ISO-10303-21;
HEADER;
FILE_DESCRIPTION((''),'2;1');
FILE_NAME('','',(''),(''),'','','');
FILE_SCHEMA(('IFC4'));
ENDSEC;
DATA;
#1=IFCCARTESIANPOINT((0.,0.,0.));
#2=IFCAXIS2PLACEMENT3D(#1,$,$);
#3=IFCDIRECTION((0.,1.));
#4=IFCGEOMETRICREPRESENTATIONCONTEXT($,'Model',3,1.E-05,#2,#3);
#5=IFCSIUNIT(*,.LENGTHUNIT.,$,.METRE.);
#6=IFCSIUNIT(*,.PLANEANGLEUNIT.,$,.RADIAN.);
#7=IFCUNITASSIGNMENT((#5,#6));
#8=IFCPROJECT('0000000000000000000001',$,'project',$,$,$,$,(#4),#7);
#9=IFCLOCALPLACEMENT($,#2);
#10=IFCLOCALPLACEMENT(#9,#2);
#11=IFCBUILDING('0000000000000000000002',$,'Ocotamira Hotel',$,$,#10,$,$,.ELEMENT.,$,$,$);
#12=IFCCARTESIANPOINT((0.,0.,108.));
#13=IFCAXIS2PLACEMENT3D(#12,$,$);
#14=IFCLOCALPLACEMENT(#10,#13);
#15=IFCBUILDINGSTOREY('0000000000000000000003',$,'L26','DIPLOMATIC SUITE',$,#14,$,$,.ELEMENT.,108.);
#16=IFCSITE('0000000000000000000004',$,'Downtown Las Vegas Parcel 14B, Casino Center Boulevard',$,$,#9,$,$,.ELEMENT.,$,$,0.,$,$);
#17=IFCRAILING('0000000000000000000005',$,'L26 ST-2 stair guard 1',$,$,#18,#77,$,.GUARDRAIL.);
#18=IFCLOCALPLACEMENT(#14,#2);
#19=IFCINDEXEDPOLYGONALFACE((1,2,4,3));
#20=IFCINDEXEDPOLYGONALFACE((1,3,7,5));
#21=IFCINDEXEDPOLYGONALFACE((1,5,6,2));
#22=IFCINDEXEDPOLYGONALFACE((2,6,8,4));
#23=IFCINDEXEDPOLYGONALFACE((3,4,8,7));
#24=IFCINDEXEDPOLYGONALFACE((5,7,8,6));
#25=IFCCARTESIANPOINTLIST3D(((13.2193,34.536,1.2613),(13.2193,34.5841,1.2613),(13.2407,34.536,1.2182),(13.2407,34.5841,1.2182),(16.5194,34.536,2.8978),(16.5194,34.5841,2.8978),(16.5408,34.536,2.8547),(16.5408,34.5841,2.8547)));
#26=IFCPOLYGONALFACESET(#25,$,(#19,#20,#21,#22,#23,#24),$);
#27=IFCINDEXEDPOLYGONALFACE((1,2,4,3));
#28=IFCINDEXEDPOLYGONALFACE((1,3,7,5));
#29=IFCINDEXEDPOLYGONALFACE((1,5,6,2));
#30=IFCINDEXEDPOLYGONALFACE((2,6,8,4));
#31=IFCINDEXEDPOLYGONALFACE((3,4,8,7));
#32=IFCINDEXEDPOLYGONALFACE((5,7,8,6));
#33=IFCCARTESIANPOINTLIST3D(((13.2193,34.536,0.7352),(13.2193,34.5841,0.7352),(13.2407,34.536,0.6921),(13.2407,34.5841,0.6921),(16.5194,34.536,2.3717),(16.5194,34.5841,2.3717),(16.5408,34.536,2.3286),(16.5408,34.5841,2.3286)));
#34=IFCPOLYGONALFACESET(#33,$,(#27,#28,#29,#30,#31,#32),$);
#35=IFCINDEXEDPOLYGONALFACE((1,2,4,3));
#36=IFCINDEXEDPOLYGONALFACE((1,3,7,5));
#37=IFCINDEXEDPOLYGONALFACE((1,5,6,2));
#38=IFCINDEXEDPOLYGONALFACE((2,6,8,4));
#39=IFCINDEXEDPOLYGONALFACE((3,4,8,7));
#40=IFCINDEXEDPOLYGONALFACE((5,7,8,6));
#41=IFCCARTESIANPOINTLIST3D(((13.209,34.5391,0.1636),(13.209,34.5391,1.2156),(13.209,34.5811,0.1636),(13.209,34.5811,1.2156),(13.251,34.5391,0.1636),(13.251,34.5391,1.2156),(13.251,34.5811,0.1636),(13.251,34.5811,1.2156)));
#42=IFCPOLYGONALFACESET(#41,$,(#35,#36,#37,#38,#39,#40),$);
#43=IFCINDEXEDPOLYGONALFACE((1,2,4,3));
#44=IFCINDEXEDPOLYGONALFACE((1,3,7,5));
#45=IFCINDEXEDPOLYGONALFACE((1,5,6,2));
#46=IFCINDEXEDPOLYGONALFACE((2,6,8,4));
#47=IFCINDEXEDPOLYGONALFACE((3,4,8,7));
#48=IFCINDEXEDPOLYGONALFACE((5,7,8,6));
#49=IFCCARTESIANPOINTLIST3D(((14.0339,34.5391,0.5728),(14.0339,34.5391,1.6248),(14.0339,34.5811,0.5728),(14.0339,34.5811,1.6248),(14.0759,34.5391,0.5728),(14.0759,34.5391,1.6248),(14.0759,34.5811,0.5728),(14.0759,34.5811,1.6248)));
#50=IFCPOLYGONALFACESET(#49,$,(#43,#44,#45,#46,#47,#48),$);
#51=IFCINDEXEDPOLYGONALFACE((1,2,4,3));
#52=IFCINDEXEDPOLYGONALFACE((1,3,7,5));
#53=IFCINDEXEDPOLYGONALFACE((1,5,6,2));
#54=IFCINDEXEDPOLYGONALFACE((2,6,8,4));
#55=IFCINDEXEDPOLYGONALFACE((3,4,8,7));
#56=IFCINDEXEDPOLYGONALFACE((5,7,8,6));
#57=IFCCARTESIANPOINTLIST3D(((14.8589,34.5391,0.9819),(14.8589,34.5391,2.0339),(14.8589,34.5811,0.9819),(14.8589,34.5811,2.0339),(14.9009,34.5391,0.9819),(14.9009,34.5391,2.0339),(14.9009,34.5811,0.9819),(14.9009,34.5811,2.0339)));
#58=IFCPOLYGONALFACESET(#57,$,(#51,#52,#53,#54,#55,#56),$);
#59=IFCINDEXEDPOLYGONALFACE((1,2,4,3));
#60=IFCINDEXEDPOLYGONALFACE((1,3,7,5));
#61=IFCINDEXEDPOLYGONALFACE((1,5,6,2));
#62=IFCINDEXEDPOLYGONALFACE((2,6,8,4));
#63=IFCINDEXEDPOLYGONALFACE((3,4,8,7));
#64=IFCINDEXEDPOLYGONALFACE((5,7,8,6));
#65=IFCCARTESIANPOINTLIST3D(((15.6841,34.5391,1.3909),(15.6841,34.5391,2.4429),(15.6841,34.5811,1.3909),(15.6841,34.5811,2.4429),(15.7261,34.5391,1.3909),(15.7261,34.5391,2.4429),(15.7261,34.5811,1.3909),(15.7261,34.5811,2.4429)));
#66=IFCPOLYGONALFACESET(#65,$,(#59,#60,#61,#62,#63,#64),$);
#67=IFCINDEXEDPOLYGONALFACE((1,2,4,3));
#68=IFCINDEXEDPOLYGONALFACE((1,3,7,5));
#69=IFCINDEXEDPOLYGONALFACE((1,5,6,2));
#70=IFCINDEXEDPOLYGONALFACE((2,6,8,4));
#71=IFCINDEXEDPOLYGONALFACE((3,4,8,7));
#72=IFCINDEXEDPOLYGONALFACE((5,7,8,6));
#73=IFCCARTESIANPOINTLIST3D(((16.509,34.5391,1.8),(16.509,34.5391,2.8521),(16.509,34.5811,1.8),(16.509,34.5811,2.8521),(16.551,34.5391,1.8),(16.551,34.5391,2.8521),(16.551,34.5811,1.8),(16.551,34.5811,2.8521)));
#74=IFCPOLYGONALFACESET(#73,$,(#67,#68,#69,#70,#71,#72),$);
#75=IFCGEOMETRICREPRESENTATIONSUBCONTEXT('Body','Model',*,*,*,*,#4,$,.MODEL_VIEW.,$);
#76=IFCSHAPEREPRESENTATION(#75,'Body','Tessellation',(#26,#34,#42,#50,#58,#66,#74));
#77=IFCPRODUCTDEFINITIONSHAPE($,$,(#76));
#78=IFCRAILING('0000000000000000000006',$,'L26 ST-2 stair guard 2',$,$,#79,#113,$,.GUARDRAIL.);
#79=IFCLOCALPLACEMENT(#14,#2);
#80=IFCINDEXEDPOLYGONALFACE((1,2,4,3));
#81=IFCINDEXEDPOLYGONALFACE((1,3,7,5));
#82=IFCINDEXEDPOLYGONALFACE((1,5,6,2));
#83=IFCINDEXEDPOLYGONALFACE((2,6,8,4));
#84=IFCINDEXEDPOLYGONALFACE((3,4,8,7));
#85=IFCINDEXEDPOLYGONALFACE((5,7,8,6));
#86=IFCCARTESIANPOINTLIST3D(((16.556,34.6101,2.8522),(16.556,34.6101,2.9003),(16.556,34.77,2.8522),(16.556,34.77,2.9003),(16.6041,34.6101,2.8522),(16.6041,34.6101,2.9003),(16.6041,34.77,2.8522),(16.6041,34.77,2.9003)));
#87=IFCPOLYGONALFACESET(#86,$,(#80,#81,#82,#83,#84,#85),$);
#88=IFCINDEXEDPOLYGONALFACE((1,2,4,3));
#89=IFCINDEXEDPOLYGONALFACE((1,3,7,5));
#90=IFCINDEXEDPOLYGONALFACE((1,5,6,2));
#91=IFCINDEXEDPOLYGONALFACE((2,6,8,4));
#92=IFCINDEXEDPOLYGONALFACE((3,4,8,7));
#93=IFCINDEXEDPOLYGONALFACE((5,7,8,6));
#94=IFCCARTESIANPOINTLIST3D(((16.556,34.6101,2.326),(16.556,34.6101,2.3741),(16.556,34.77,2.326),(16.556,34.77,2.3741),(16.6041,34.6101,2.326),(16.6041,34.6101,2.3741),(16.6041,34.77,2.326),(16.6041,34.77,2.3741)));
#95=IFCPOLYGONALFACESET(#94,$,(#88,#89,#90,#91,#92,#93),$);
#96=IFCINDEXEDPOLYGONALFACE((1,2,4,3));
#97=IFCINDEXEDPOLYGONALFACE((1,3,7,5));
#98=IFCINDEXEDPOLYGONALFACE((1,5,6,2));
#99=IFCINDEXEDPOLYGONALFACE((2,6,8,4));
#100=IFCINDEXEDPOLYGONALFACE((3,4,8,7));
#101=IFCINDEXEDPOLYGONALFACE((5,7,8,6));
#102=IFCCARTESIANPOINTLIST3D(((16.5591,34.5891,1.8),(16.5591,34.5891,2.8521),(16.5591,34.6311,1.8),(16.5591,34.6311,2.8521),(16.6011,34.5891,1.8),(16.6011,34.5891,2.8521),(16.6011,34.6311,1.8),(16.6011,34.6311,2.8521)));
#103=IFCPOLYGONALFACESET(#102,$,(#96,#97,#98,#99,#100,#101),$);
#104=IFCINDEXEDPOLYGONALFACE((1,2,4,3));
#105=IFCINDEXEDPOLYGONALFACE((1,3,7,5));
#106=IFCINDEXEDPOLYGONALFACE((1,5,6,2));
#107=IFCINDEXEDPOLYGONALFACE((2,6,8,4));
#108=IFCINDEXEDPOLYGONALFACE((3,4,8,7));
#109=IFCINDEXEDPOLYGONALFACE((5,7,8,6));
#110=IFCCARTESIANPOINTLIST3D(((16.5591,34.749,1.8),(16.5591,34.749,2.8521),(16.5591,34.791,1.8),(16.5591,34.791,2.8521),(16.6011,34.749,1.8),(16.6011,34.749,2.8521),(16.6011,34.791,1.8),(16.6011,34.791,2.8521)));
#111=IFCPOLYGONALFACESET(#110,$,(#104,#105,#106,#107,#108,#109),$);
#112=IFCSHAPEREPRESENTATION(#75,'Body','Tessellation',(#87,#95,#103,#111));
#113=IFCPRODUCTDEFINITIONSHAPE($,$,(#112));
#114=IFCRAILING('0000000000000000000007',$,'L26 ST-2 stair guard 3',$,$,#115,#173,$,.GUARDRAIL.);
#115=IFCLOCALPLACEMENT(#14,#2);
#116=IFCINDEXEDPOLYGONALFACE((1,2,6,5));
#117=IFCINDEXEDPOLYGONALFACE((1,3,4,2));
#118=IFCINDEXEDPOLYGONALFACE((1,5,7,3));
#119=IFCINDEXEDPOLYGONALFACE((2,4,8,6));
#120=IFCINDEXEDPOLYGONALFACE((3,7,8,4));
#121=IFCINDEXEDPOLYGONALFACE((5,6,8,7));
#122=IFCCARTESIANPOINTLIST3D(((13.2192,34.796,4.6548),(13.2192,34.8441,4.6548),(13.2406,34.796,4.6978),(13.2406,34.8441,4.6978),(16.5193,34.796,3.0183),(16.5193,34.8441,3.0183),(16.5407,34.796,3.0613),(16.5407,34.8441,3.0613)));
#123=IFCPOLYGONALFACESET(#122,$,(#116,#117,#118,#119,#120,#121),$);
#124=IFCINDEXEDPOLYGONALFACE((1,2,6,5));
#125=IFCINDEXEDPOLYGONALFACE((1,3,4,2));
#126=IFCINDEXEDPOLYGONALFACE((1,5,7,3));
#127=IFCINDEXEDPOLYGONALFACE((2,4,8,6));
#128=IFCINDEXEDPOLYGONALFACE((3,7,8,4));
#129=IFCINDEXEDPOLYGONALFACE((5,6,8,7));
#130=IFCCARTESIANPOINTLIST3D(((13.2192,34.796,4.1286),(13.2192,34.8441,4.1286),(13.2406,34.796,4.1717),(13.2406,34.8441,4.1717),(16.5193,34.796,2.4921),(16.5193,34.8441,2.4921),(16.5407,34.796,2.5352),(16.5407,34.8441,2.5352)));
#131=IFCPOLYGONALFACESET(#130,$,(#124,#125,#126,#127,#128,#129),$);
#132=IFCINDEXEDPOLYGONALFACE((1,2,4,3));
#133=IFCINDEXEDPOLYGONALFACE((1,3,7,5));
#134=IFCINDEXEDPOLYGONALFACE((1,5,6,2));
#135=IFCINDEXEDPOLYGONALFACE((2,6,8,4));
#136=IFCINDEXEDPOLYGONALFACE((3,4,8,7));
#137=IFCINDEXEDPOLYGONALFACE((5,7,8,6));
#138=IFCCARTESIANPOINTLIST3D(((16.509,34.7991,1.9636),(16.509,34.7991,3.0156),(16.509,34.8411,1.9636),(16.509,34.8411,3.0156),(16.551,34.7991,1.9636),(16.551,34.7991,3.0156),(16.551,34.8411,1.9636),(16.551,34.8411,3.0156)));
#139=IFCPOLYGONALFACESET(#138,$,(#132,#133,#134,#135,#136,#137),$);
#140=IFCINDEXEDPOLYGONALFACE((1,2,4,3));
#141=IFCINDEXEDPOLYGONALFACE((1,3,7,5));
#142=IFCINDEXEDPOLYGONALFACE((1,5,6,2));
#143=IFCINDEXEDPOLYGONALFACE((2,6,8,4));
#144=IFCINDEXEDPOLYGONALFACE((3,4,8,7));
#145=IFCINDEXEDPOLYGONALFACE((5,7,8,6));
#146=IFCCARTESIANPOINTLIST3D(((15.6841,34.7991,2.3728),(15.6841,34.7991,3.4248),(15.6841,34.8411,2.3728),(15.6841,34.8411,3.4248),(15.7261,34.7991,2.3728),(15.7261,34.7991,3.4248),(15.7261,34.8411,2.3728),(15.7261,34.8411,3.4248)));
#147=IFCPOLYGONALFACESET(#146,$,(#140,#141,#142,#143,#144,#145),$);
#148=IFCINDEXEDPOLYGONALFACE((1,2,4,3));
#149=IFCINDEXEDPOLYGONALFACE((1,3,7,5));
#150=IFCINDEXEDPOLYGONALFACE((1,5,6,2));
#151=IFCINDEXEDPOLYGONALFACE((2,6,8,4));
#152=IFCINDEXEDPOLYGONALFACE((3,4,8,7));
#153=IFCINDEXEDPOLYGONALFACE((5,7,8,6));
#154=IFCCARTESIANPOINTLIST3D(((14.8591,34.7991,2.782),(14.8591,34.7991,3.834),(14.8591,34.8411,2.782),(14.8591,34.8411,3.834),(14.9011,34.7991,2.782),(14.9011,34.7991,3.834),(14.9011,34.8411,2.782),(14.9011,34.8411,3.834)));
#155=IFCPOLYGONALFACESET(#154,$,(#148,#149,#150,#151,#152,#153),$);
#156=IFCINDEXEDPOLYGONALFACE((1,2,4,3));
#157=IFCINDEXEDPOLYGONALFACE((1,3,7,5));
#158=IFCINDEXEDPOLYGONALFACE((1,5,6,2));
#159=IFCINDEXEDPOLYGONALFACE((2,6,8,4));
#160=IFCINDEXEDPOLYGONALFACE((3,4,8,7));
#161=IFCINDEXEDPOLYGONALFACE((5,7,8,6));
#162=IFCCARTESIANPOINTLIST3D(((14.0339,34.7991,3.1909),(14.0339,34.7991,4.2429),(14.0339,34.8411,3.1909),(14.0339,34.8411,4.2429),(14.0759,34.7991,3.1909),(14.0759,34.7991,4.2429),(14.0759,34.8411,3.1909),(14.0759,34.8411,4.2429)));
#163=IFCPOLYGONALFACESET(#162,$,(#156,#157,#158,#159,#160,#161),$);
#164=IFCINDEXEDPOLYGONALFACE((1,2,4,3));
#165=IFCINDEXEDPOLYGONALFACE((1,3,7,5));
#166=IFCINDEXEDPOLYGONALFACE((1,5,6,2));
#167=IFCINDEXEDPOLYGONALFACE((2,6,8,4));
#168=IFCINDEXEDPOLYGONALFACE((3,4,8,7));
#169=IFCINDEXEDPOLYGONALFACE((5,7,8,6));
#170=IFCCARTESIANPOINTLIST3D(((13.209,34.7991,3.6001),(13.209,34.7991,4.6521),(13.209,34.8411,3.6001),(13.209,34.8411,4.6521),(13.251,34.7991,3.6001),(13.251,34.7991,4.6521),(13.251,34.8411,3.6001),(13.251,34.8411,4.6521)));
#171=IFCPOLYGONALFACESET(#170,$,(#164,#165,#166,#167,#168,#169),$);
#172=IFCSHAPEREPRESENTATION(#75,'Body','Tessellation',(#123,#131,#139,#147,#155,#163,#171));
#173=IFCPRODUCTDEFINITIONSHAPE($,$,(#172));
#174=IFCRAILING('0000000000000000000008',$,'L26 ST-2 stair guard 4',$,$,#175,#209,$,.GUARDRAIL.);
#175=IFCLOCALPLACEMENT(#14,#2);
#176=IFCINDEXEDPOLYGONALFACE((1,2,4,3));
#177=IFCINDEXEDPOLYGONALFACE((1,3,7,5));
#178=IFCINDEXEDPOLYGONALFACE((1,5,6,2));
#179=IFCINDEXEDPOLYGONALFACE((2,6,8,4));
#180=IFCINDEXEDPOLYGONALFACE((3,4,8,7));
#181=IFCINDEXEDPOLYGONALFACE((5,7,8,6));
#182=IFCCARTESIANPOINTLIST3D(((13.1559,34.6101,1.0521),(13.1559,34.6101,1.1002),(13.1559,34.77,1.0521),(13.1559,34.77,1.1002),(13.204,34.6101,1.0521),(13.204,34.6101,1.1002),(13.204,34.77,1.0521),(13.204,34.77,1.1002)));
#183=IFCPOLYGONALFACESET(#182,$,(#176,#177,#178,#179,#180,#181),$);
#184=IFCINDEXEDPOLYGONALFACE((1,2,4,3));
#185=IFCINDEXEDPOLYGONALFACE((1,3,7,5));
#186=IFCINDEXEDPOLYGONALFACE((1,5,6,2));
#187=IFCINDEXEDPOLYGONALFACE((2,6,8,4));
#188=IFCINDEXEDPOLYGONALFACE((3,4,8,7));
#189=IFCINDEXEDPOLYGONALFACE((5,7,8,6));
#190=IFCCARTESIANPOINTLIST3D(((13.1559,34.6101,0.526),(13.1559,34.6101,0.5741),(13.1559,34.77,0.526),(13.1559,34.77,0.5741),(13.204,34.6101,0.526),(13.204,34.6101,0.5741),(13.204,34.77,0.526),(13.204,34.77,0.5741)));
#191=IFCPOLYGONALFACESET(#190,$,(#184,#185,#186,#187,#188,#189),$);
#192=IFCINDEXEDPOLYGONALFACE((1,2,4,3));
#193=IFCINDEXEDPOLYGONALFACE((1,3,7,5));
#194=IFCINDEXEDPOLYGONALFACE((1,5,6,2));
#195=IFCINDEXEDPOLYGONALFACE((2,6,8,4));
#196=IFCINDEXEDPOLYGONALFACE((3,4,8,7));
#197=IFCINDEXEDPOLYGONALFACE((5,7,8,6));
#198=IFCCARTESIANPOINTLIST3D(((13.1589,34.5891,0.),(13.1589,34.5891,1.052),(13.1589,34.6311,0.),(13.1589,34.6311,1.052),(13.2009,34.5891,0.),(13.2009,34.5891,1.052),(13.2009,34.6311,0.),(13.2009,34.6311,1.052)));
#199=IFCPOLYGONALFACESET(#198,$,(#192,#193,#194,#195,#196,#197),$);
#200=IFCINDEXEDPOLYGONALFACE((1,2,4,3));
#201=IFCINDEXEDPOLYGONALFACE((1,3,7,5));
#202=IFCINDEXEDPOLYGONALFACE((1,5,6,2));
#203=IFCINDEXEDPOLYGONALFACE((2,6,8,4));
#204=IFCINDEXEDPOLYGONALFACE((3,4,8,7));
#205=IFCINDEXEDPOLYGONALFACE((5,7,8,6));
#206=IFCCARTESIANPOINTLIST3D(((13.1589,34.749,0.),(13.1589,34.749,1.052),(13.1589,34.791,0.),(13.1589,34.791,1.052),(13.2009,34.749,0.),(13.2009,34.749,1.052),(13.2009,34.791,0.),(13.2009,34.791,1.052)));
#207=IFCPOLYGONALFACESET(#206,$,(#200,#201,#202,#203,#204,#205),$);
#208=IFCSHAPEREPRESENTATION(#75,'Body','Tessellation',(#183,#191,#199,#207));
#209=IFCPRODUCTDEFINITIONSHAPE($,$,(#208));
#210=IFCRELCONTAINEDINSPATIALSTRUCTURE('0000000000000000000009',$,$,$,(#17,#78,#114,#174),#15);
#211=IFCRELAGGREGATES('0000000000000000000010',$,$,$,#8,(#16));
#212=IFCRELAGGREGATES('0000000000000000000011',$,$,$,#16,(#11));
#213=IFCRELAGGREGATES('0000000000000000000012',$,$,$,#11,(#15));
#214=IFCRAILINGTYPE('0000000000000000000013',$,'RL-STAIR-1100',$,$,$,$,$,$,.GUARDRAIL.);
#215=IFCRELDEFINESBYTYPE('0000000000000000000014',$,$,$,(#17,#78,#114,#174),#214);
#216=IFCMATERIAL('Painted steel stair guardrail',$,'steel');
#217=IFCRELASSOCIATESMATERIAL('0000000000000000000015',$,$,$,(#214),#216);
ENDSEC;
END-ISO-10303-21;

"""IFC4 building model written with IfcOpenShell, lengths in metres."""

from ifc_helpers import new_model, si_unit, direction, frame, origin, origin_2d, place, context, subcontext, project, spatial, rectangle, extrude, material, type_object, element, save


model = new_model("IFC4")

# Units and contexts
model_context = context("Model", 3, precision=1e-05, world=origin(), true_north=direction((0.0, 1.0)))
body_context = subcontext(model_context, "Body", "Model", "MODEL_VIEW")
ifc_project = project(units=[si_unit("LENGTHUNIT", "METRE"), si_unit("PLANEANGLEUNIT", "RADIAN")], contexts=[model_context])

# Site, building, storey
site_placement = place(None, origin())
site = spatial("IfcSite", under=ifc_project, at=site_placement, Name="Downtown Las Vegas Parcel 14B, Casino Center Boulevard", CompositionType="ELEMENT", RefElevation=0.0)
building_placement = place(site_placement, origin())
building = spatial("IfcBuilding", under=site, at=building_placement, Name="Ocotamira Hotel", CompositionType="ELEMENT")
storey_placement = place(building_placement, frame((0.0, 0.0, 108.0)))
storey = spatial("IfcBuildingStorey", under=building, at=storey_placement, Name="L26", Description="DIPLOMATIC SUITE", CompositionType="ELEMENT", Elevation=108.0)

# Railings
ifc_material_1 = material(Name="Painted steel stair guardrail", Category="steel")
railing_type_1 = type_object("IfcRailingType", Name="RL-STAIR-1100", PredefinedType="GUARDRAIL", material=ifc_material_1)
railing_1_placement = place(storey_placement, frame((13.23, 34.5601, 0.1636)))
element("IfcRailing", 1, at=railing_1_placement, inside=storey, type_object=railing_type_1, Name="L26 ST-2 stair guard 1", PredefinedType="GUARDRAIL", context=body_context, shape_type="SweptSolid", body=[
    extrude(rectangle(XDim=0.0481, YDim=0.0481, at=origin_2d()), frame((0.0, 0.0, 1.0762), z_axis=(0.895894, 0.0, 0.444268), x_axis=(0.0, 1.0, 0.0)), (0.0, 0.0, 1.0), 3.6836),
    extrude(rectangle(XDim=0.0481, YDim=0.0481, at=origin_2d()), frame((0.0, 0.0, 0.55), z_axis=(0.895894, 0.0, 0.444268), x_axis=(0.0, 1.0, 0.0)), (0.0, 0.0, 1.0), 3.6836),
    extrude(rectangle(XDim=0.042, YDim=0.042, at=origin_2d()), origin(), (0.0, 0.0, 1.0), 1.052),
    extrude(rectangle(XDim=0.042, YDim=0.042, at=origin_2d()), frame((0.825, 0.0, 0.4092)), (0.0, 0.0, 1.0), 1.052),
    extrude(rectangle(XDim=0.042, YDim=0.042, at=origin_2d()), frame((1.6499, 0.0, 0.8184)), (0.0, 0.0, 1.0), 1.052),
    extrude(rectangle(XDim=0.042, YDim=0.042, at=origin_2d()), frame((2.4751, 0.0, 1.2273)), (0.0, 0.0, 1.0), 1.052),
    extrude(rectangle(XDim=0.042, YDim=0.042, at=origin_2d()), frame((3.3, 0.0, 1.6365)), (0.0, 0.0, 1.0), 1.052),
])
railing_2_placement = place(storey_placement, frame((16.5801, 34.6101, 1.8)))
element("IfcRailing", 2, at=railing_2_placement, inside=storey, type_object=railing_type_1, Name="L26 ST-2 stair guard 2", PredefinedType="GUARDRAIL", context=body_context, shape_type="SweptSolid", body=[
    extrude(rectangle(XDim=0.0481, YDim=0.0481, at=origin_2d()), frame((0.0, 0.0, 1.0762), z_axis=(0.0, 1.0, 0.0), x_axis=(-1.0, 0.0, 0.0)), (0.0, 0.0, 1.0), 0.1599),
    extrude(rectangle(XDim=0.0481, YDim=0.0481, at=origin_2d()), frame((0.0, 0.0, 0.55), z_axis=(0.0, 1.0, 0.0), x_axis=(-1.0, 0.0, 0.0)), (0.0, 0.0, 1.0), 0.1599),
    extrude(rectangle(XDim=0.042, YDim=0.042, at=origin_2d()), origin(), (0.0, 0.0, 1.0), 1.052),
    extrude(rectangle(XDim=0.042, YDim=0.042, at=origin_2d()), frame((0.0, 0.1599, 0.0)), (0.0, 0.0, 1.0), 1.052),
])
railing_3_placement = place(storey_placement, frame((16.53, 34.8201, 1.9636)))
element("IfcRailing", 3, at=railing_3_placement, inside=storey, type_object=railing_type_1, Name="L26 ST-2 stair guard 3", PredefinedType="GUARDRAIL", context=body_context, shape_type="SweptSolid", body=[
    extrude(rectangle(XDim=0.0481, YDim=0.0481, at=origin_2d()), frame((0.0, 0.0, 1.0762), z_axis=(-0.895894, 0.0, 0.444268), x_axis=(0.0, -1.0, 0.0)), (0.0, 0.0, 1.0), 3.6836),
    extrude(rectangle(XDim=0.0481, YDim=0.0481, at=origin_2d()), frame((0.0, 0.0, 0.55), z_axis=(-0.895894, 0.0, 0.444268), x_axis=(0.0, -1.0, 0.0)), (0.0, 0.0, 1.0), 3.6836),
    extrude(rectangle(XDim=0.042, YDim=0.042, at=origin_2d()), origin(), (0.0, 0.0, 1.0), 1.052),
    extrude(rectangle(XDim=0.042, YDim=0.042, at=origin_2d()), frame((-0.825, 0.0, 0.4092)), (0.0, 0.0, 1.0), 1.052),
    extrude(rectangle(XDim=0.042, YDim=0.042, at=origin_2d()), frame((-1.6499, 0.0, 0.8184)), (0.0, 0.0, 1.0), 1.052),
    extrude(rectangle(XDim=0.042, YDim=0.042, at=origin_2d()), frame((-2.4751, 0.0, 1.2273)), (0.0, 0.0, 1.0), 1.052),
    extrude(rectangle(XDim=0.042, YDim=0.042, at=origin_2d()), frame((-3.3, 0.0, 1.6365)), (0.0, 0.0, 1.0), 1.052),
])
railing_4_placement = place(storey_placement, frame((13.1799, 34.6101, 0.0)))
element("IfcRailing", 4, at=railing_4_placement, inside=storey, type_object=railing_type_1, Name="L26 ST-2 stair guard 4", PredefinedType="GUARDRAIL", context=body_context, shape_type="SweptSolid", body=[
    extrude(rectangle(XDim=0.0481, YDim=0.0481, at=origin_2d()), frame((0.0, 0.0, 1.0762), z_axis=(0.0, 1.0, 0.0), x_axis=(-1.0, 0.0, 0.0)), (0.0, 0.0, 1.0), 0.1599),
    extrude(rectangle(XDim=0.0481, YDim=0.0481, at=origin_2d()), frame((0.0, 0.0, 0.55), z_axis=(0.0, 1.0, 0.0), x_axis=(-1.0, 0.0, 0.0)), (0.0, 0.0, 1.0), 0.1599),
    extrude(rectangle(XDim=0.042, YDim=0.042, at=origin_2d()), origin(), (0.0, 0.0, 1.0), 1.052),
    extrude(rectangle(XDim=0.042, YDim=0.042, at=origin_2d()), frame((0.0, 0.1599, 0.0)), (0.0, 0.0, 1.0), 1.052),
])

save(model, "model.ifc")
